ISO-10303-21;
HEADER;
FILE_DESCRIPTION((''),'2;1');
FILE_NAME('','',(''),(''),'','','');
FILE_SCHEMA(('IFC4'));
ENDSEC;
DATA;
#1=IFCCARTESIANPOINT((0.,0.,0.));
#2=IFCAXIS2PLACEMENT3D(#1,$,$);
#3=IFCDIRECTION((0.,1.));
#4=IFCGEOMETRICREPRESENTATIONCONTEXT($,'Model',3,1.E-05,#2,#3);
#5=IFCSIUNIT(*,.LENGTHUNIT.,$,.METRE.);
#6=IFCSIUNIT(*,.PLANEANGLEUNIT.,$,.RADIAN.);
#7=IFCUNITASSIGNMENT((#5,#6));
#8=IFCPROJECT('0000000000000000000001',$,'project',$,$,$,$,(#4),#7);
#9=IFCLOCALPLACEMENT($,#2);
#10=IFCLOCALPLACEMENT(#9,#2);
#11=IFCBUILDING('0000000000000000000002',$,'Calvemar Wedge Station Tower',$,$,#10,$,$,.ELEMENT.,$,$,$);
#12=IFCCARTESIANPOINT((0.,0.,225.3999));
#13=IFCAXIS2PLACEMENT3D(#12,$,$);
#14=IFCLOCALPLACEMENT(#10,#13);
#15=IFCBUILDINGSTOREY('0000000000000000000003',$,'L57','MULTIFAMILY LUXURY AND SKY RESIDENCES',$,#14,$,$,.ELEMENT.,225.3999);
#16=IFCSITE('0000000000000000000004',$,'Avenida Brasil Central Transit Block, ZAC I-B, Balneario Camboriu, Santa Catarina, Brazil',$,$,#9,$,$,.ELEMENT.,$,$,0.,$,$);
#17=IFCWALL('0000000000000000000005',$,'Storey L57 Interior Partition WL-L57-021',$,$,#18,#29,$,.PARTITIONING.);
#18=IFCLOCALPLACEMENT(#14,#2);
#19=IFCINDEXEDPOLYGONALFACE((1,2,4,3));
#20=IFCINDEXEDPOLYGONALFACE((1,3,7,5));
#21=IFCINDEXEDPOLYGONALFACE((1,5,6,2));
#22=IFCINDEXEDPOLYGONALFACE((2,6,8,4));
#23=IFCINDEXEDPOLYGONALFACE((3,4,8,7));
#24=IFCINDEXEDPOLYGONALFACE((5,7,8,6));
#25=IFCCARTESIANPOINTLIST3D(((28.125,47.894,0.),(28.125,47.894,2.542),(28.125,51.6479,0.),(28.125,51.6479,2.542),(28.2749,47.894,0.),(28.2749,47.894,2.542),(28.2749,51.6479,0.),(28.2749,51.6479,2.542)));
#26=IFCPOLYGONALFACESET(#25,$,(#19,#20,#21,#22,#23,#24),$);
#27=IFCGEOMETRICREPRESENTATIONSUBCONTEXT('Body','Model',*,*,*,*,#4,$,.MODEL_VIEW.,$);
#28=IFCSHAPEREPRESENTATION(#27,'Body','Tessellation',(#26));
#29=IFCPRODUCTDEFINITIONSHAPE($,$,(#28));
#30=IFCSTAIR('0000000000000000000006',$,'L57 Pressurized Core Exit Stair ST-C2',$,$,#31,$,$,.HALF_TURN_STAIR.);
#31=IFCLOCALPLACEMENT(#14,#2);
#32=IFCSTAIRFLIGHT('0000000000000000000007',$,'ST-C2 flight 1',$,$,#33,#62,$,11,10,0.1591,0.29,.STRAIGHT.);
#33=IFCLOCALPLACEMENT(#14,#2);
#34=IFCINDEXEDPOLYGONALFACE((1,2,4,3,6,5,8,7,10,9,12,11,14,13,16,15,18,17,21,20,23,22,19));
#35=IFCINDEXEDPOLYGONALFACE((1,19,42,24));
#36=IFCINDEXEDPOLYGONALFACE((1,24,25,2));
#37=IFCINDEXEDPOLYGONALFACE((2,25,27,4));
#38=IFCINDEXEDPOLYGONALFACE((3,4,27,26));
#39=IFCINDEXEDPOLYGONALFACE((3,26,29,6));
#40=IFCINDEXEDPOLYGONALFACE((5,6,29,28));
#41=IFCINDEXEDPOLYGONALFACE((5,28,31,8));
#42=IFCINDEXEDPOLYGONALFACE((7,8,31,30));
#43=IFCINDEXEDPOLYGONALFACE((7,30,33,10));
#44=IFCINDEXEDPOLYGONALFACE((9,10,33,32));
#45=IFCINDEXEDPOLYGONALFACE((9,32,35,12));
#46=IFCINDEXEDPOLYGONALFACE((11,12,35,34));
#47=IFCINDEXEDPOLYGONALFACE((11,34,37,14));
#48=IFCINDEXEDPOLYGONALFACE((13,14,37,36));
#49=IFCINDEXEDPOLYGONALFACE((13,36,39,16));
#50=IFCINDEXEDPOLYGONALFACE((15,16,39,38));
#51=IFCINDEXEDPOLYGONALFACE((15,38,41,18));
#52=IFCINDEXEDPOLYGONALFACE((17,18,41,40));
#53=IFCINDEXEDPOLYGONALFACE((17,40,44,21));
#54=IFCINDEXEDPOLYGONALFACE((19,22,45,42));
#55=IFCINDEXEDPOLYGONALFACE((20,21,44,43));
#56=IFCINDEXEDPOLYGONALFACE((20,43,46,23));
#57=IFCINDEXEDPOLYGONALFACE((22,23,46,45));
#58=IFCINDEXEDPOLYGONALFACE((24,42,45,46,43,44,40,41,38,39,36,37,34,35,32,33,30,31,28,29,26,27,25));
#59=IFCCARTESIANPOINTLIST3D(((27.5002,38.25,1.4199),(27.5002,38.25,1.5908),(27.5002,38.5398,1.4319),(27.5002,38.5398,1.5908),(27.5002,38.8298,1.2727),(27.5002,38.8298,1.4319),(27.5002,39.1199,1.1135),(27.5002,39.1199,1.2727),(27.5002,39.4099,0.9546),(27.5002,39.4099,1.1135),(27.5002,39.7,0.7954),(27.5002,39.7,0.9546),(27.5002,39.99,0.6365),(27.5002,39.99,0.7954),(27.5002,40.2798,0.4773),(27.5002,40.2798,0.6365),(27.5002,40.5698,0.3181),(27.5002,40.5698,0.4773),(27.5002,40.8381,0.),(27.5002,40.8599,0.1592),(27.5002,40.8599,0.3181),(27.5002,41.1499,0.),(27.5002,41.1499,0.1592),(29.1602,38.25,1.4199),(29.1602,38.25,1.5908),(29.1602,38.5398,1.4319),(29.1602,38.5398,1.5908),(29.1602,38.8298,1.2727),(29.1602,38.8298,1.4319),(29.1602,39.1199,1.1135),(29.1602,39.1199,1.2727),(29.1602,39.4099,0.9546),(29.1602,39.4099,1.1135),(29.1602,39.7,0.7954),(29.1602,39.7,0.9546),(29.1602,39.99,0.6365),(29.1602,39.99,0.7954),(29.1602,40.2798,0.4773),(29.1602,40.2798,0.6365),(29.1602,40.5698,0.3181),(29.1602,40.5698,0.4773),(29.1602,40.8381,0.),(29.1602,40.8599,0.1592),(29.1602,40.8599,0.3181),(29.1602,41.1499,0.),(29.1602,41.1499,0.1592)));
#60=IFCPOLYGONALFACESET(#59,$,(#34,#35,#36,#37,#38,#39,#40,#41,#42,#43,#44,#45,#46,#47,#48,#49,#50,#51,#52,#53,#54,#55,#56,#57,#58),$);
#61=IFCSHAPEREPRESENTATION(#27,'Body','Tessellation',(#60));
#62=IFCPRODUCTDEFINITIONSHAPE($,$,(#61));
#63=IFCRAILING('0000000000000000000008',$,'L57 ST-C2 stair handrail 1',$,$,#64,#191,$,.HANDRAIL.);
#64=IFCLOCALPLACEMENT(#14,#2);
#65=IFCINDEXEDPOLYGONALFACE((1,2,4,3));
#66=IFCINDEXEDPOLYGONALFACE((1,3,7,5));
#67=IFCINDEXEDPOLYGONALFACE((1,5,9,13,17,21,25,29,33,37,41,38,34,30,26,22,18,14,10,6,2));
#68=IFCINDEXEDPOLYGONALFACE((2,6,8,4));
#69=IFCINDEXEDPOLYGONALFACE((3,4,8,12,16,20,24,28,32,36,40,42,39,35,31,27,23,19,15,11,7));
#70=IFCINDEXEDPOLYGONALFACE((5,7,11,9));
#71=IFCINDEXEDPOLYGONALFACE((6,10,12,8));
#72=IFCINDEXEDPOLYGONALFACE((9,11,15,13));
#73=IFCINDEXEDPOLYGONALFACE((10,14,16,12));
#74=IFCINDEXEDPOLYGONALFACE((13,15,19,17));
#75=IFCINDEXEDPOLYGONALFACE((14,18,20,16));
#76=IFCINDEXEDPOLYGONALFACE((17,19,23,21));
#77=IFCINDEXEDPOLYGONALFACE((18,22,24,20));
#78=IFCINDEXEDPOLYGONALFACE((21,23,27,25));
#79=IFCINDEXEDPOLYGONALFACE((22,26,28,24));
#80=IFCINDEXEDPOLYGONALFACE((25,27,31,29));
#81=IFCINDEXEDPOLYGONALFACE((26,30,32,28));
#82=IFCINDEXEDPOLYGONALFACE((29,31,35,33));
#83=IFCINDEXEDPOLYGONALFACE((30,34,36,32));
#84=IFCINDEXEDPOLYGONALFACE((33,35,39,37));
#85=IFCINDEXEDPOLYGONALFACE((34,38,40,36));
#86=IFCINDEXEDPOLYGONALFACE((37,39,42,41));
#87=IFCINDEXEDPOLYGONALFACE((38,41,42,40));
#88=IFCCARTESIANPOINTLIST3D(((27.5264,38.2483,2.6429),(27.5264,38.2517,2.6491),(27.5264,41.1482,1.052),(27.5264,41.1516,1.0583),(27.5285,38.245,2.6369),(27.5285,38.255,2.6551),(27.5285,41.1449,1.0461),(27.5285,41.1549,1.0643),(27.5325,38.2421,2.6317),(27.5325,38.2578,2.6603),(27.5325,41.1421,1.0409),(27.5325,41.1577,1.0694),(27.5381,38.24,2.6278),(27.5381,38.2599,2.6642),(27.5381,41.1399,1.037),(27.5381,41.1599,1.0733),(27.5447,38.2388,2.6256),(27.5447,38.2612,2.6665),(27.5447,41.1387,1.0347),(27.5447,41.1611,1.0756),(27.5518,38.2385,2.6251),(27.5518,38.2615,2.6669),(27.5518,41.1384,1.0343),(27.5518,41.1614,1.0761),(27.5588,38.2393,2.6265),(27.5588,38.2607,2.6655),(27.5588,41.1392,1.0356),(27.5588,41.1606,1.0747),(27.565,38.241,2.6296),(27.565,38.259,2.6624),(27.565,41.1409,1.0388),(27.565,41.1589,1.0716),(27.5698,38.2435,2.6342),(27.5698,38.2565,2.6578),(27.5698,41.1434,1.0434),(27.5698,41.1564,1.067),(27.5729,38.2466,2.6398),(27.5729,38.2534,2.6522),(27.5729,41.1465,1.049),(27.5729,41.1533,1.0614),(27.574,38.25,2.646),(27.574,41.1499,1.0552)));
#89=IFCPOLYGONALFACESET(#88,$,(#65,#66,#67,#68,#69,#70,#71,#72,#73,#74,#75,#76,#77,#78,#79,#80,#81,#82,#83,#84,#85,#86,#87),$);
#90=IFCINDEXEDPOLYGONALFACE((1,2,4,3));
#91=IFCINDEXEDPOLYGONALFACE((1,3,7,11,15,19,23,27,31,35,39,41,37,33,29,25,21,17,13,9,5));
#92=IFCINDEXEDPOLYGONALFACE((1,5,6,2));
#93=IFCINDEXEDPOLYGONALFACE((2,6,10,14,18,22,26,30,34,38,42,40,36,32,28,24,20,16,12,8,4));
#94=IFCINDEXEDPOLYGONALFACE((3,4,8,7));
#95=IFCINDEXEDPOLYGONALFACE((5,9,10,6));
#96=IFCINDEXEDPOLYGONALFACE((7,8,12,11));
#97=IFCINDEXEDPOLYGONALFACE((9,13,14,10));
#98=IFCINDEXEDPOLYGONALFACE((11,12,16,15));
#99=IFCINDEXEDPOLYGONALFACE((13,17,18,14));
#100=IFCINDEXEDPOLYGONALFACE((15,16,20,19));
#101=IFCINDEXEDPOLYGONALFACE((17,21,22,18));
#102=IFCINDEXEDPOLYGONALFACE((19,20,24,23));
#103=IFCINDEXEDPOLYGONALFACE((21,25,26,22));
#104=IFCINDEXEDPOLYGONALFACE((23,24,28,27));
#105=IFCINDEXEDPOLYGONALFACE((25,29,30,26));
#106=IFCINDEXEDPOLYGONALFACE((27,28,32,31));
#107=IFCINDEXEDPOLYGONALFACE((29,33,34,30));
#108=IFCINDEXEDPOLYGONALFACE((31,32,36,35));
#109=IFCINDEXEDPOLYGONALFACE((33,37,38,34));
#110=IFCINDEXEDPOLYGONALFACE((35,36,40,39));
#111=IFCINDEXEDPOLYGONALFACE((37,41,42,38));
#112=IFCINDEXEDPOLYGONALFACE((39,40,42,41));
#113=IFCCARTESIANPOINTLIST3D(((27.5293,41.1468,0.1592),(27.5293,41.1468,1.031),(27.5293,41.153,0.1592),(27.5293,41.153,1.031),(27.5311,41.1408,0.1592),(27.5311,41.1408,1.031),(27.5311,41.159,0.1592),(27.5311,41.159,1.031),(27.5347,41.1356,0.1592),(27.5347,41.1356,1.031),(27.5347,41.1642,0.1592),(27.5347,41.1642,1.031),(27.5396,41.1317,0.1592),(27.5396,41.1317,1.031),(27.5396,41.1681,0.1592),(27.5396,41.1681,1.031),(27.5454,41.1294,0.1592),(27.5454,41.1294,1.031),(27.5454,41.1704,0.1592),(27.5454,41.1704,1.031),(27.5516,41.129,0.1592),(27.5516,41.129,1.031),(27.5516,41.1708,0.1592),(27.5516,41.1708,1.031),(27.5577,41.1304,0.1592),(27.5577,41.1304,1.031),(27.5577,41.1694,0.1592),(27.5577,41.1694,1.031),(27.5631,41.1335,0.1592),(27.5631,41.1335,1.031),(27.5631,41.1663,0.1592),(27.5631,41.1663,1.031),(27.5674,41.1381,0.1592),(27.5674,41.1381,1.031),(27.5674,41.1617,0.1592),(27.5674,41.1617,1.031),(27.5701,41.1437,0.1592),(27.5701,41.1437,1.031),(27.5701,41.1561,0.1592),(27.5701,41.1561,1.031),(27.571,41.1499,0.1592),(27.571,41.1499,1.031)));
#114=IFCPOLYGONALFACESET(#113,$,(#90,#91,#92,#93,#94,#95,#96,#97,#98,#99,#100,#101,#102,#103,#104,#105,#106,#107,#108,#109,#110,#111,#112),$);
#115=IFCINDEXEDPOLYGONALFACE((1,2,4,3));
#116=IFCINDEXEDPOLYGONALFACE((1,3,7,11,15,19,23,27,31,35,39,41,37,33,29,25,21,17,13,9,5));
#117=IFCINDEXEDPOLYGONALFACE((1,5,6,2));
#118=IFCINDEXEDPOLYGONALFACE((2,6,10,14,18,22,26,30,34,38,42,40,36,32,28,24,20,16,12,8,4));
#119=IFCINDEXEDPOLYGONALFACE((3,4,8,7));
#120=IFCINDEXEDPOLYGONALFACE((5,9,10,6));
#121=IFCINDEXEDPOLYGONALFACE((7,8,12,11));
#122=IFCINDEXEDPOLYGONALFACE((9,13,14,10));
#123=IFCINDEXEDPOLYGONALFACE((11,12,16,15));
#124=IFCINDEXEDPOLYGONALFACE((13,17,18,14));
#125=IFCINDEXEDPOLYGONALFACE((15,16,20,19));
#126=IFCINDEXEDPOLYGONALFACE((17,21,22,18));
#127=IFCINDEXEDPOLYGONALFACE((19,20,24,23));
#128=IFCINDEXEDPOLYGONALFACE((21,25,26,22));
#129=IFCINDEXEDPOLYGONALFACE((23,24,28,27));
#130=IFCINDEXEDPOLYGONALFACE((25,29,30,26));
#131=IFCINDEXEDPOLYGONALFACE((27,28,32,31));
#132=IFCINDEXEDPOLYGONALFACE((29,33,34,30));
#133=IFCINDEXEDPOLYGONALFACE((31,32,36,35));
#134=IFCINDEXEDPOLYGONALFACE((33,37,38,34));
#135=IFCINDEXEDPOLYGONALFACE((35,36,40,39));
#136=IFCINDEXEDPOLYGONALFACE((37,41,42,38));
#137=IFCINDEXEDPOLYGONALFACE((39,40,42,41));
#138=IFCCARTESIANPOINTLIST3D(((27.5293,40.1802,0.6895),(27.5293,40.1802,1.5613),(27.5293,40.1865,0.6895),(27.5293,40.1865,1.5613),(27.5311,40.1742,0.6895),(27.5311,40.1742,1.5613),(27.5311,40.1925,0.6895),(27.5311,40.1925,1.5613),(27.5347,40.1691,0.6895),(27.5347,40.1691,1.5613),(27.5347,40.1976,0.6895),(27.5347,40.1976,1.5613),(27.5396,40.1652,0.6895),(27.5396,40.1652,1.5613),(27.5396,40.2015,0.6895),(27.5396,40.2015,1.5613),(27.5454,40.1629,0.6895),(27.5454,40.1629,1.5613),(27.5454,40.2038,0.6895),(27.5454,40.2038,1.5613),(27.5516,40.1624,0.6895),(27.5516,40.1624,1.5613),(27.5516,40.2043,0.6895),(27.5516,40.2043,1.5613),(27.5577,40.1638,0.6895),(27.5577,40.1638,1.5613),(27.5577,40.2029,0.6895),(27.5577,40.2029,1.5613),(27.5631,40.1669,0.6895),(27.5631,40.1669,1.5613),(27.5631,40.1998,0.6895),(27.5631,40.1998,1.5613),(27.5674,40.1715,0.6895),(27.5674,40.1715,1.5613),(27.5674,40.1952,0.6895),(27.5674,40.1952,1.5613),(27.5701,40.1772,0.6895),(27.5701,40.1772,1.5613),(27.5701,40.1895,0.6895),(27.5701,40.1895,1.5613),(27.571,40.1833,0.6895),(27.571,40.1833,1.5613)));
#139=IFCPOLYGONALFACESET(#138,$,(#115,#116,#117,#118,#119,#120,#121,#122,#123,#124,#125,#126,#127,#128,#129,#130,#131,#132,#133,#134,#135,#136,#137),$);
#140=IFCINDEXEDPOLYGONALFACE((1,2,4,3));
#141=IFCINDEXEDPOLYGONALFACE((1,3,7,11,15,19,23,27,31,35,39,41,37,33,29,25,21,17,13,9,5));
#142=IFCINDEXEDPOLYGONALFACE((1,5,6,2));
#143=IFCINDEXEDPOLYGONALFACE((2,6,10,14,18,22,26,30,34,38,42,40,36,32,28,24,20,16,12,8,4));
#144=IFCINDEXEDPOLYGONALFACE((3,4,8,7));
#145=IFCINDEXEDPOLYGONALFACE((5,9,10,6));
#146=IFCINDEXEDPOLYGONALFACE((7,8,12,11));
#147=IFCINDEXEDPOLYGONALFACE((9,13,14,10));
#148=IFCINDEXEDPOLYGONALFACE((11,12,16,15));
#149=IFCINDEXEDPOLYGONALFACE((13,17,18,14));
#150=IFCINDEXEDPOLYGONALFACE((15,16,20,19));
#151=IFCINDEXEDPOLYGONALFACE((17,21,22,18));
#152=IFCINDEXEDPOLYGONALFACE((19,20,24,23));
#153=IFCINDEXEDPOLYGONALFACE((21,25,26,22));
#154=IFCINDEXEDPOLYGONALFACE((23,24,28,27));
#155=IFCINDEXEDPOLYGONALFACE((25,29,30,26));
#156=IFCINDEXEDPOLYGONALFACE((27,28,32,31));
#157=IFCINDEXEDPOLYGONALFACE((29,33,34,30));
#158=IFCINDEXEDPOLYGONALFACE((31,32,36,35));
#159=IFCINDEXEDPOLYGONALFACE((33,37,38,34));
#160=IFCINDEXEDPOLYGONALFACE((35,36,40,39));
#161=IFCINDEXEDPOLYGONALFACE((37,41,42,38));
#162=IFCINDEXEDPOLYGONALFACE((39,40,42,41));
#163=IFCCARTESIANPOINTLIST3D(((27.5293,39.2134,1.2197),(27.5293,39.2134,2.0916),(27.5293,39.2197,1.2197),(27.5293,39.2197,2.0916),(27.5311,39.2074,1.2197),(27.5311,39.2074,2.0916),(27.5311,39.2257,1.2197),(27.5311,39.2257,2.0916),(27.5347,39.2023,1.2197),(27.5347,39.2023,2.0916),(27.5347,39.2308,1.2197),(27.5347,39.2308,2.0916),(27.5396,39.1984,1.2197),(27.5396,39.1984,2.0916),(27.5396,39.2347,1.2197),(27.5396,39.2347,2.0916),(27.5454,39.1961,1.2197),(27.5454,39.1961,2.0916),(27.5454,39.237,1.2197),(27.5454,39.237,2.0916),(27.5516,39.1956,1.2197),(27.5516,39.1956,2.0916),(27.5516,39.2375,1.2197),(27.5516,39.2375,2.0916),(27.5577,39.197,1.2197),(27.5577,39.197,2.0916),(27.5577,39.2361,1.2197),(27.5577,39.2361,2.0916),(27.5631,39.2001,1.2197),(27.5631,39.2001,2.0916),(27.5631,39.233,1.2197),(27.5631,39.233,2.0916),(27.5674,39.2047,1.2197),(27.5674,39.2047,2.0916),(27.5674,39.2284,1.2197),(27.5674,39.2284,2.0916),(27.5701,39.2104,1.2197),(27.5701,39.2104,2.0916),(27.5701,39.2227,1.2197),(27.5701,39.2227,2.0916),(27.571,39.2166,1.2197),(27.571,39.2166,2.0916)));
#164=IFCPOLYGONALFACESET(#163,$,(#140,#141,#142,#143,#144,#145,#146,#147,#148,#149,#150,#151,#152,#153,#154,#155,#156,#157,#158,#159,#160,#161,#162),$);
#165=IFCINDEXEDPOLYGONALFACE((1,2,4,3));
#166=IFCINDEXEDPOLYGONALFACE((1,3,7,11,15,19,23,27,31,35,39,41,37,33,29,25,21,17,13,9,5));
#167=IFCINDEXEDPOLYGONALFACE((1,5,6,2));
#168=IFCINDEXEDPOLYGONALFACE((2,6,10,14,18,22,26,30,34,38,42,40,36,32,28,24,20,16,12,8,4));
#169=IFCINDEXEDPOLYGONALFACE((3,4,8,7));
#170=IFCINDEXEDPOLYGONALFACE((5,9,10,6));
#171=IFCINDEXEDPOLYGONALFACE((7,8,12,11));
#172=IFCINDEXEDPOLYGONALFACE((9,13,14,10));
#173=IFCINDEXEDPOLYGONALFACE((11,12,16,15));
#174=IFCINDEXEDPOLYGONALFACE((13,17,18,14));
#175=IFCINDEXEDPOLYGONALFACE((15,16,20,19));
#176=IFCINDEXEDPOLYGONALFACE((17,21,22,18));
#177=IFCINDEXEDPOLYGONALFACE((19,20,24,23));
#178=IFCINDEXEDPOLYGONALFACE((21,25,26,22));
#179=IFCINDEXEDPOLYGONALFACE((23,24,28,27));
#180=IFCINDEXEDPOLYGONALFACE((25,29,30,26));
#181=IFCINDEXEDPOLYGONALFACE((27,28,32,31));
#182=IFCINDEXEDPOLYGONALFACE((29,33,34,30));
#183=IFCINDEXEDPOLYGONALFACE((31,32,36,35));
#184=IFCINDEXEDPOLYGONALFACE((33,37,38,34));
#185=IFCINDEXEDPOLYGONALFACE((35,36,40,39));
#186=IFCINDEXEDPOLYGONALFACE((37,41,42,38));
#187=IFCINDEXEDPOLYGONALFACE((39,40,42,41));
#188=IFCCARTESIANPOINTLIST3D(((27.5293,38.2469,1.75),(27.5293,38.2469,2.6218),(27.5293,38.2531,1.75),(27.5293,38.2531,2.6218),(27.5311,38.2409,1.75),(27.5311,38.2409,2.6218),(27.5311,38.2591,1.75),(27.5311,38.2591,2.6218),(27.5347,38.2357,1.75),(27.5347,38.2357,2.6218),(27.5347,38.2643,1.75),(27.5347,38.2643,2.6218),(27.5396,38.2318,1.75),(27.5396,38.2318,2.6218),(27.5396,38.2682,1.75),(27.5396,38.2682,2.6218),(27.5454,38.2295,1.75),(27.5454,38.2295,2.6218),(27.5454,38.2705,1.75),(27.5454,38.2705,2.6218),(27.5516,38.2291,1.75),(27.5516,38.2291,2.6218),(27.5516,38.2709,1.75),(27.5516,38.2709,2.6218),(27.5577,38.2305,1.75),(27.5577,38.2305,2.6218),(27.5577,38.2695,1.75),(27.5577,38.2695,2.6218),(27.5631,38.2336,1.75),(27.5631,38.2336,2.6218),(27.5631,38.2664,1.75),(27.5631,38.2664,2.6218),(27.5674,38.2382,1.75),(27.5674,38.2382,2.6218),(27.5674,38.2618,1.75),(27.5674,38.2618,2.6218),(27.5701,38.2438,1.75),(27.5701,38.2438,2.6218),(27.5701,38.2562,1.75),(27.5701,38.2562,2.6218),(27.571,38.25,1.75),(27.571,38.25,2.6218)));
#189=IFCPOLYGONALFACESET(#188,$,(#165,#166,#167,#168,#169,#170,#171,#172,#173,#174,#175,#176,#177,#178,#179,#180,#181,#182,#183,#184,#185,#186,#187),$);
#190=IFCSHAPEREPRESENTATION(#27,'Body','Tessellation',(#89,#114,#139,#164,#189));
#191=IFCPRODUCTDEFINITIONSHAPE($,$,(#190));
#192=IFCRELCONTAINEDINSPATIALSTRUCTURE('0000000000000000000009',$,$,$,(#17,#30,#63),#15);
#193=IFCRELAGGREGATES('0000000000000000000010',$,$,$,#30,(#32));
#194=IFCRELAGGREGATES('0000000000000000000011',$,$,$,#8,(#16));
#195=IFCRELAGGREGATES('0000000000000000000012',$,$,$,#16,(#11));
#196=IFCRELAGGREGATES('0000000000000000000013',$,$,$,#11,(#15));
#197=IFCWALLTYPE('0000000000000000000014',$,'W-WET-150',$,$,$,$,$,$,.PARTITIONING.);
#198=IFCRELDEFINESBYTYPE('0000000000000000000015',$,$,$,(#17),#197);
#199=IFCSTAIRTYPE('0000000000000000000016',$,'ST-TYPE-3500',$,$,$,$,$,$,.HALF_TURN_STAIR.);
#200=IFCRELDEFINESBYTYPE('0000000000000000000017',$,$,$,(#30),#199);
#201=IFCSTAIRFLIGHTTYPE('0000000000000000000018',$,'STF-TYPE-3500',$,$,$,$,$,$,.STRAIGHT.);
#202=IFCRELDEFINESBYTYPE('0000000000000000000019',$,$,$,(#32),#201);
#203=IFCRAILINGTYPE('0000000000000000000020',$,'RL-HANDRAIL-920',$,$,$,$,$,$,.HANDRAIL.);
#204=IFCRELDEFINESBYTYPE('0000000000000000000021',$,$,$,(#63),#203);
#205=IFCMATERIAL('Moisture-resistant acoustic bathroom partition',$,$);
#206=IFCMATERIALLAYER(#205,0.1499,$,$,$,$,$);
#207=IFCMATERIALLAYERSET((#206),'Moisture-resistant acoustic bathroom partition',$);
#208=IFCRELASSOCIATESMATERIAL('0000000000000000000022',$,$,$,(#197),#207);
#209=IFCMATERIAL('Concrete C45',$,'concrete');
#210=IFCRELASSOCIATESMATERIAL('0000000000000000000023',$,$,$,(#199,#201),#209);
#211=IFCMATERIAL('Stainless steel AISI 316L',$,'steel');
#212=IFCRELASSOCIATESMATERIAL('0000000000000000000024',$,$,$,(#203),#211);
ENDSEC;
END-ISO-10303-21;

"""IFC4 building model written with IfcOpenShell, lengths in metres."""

from ifc_helpers import new_model, si_unit, direction, frame, frame_2d, origin, origin_2d, place, context, subcontext, project, spatial, polyline, rectangle, circle, outline, extrude, material, layer, layer_set, type_object, element, aggregate, save


model = new_model("IFC4")

# Units and contexts
model_context = context("Model", 3, precision=1e-05, world=origin(), true_north=direction((0.0, 1.0)))
body_context = subcontext(model_context, "Body", "Model", "MODEL_VIEW")
ifc_project = project(units=[si_unit("LENGTHUNIT", "METRE"), si_unit("PLANEANGLEUNIT", "RADIAN")], contexts=[model_context])

# Site, building, storey
site_placement = place(None, origin())
site = spatial("IfcSite", under=ifc_project, at=site_placement, Name="Avenida Brasil Central Transit Block, ZAC I-B, Balneario Camboriu, Santa Catarina, Brazil", CompositionType="ELEMENT", RefElevation=0.0)
building_placement = place(site_placement, origin())
building = spatial("IfcBuilding", under=site, at=building_placement, Name="Calvemar Wedge Station Tower", CompositionType="ELEMENT")
storey_placement = place(building_placement, frame((0.0, 0.0, 225.3999)))
storey = spatial("IfcBuildingStorey", under=building, at=storey_placement, Name="L57", Description="MULTIFAMILY LUXURY AND SKY RESIDENCES", CompositionType="ELEMENT", Elevation=225.3999)

# Wall
ifc_material_1 = material(Name="Moisture-resistant acoustic bathroom partition")
ifc_layer_1 = layer(ifc_material_1, 0.1499)
ifc_layer_set_1 = layer_set([ifc_layer_1], Name="Moisture-resistant acoustic bathroom partition")
wall_type_1 = type_object("IfcWallType", Name="W-WET-150", PredefinedType="PARTITIONING", material=ifc_layer_set_1)
wall_1_placement = place(storey_placement, frame((28.2, 51.6479, 0.0), z_axis=(0.0, 0.0, 1.0), x_axis=(0.0, -1.0, 0.0)))
element("IfcWall", 1, at=wall_1_placement, inside=storey, type_object=wall_type_1, Name="Storey L57 Interior Partition WL-L57-021", PredefinedType="PARTITIONING", context=body_context, shape_type="SweptSolid", body=[
    extrude(rectangle(XDim=3.7539, YDim=0.1499, at=frame_2d((1.877, 0.0))), origin(), (0.0, 0.0, 1.0), 2.542),
])

# Stair, stair flight
ifc_material_2 = material(Name="Concrete C45", Category="concrete")
stair_type = type_object("IfcStairType", Name="ST-TYPE-3500", PredefinedType="HALF_TURN_STAIR", material=ifc_material_2)
stair_placement = place(storey_placement, origin())
stair = element("IfcStair", 2, at=stair_placement, inside=storey, type_object=stair_type, Name="L57 Pressurized Core Exit Stair ST-C2", PredefinedType="HALF_TURN_STAIR")
stair_flight_type = type_object("IfcStairFlightType", Name="STF-TYPE-3500", PredefinedType="STRAIGHT", material=ifc_material_2)
stair_flight_placement = place(storey_placement, frame((28.3301, 41.1499, 0.0), z_axis=(0.0, 0.0, 1.0), x_axis=(0.0, -1.0, 0.0)))
stair_flight = element("IfcStairFlight", 3, at=stair_flight_placement, type_object=stair_flight_type, Name="ST-C2 flight 1", NumberOfRisers=11, NumberOfTreads=10, PredefinedType="STRAIGHT", RiserHeight=0.1591, TreadLength=0.29, context=body_context, shape_type="SweptSolid", body=[
    extrude(outline(polyline([(0.0, 0.0), (0.0, 0.1592), (0.29, 0.1592), (0.29, 0.3181), (0.5801, 0.3181), (0.5801, 0.4773), (0.8701, 0.4773), (0.8701, 0.6365), (1.1599, 0.6365), (1.1599, 0.7954), (1.45, 0.7954), (1.45, 0.9546), (1.74, 0.9546), (1.74, 1.1135), (2.03, 1.1135), (2.03, 1.2727), (2.3201, 1.2727), (2.3201, 1.4319), (2.6101, 1.4319), (2.6101, 1.5908), (2.8999, 1.5908), (2.8999, 1.75), (2.8999, 1.4199), (0.3118, 0.0), (0.0, 0.0)])), frame((0.0, 0.8301, 0.0), z_axis=(0.0, -1.0, 0.0), x_axis=(1.0, 0.0, 0.0)), (0.0, 0.0, 1.0), 1.6599),
])
aggregate(stair, [stair_flight])

# Railing
ifc_material_3 = material(Name="Stainless steel AISI 316L", Category="steel")
railing_type_1 = type_object("IfcRailingType", Name="RL-HANDRAIL-920", PredefinedType="HANDRAIL", material=ifc_material_3)
railing_1_placement = place(storey_placement, frame((27.55, 41.1499, 0.1592)))
element("IfcRailing", 4, at=railing_1_placement, inside=storey, type_object=railing_type_1, Name="L57 ST-C2 stair handrail 1", PredefinedType="HANDRAIL", context=body_context, shape_type="SweptSolid", body=[
    extrude(circle(Radius=0.0239, at=origin_2d()), frame((0.0, 0.0, 0.896), z_axis=(0.0, -0.876742, 0.480961), x_axis=(1.0, 0.0, 0.0)), (0.0, 0.0, 1.0), 3.3076),
    extrude(circle(Radius=0.021, at=origin_2d()), origin(), (0.0, 0.0, 1.0), 0.8718),
    extrude(circle(Radius=0.021, at=origin_2d()), frame((0.0, -0.9666, 0.5303)), (0.0, 0.0, 1.0), 0.8718),
    extrude(circle(Radius=0.021, at=origin_2d()), frame((0.0, -1.9333, 1.0605)), (0.0, 0.0, 1.0), 0.8718),
    extrude(circle(Radius=0.021, at=origin_2d()), frame((0.0, -2.8999, 1.5908)), (0.0, 0.0, 1.0), 0.8718),
])

save(model, "model.ifc")
